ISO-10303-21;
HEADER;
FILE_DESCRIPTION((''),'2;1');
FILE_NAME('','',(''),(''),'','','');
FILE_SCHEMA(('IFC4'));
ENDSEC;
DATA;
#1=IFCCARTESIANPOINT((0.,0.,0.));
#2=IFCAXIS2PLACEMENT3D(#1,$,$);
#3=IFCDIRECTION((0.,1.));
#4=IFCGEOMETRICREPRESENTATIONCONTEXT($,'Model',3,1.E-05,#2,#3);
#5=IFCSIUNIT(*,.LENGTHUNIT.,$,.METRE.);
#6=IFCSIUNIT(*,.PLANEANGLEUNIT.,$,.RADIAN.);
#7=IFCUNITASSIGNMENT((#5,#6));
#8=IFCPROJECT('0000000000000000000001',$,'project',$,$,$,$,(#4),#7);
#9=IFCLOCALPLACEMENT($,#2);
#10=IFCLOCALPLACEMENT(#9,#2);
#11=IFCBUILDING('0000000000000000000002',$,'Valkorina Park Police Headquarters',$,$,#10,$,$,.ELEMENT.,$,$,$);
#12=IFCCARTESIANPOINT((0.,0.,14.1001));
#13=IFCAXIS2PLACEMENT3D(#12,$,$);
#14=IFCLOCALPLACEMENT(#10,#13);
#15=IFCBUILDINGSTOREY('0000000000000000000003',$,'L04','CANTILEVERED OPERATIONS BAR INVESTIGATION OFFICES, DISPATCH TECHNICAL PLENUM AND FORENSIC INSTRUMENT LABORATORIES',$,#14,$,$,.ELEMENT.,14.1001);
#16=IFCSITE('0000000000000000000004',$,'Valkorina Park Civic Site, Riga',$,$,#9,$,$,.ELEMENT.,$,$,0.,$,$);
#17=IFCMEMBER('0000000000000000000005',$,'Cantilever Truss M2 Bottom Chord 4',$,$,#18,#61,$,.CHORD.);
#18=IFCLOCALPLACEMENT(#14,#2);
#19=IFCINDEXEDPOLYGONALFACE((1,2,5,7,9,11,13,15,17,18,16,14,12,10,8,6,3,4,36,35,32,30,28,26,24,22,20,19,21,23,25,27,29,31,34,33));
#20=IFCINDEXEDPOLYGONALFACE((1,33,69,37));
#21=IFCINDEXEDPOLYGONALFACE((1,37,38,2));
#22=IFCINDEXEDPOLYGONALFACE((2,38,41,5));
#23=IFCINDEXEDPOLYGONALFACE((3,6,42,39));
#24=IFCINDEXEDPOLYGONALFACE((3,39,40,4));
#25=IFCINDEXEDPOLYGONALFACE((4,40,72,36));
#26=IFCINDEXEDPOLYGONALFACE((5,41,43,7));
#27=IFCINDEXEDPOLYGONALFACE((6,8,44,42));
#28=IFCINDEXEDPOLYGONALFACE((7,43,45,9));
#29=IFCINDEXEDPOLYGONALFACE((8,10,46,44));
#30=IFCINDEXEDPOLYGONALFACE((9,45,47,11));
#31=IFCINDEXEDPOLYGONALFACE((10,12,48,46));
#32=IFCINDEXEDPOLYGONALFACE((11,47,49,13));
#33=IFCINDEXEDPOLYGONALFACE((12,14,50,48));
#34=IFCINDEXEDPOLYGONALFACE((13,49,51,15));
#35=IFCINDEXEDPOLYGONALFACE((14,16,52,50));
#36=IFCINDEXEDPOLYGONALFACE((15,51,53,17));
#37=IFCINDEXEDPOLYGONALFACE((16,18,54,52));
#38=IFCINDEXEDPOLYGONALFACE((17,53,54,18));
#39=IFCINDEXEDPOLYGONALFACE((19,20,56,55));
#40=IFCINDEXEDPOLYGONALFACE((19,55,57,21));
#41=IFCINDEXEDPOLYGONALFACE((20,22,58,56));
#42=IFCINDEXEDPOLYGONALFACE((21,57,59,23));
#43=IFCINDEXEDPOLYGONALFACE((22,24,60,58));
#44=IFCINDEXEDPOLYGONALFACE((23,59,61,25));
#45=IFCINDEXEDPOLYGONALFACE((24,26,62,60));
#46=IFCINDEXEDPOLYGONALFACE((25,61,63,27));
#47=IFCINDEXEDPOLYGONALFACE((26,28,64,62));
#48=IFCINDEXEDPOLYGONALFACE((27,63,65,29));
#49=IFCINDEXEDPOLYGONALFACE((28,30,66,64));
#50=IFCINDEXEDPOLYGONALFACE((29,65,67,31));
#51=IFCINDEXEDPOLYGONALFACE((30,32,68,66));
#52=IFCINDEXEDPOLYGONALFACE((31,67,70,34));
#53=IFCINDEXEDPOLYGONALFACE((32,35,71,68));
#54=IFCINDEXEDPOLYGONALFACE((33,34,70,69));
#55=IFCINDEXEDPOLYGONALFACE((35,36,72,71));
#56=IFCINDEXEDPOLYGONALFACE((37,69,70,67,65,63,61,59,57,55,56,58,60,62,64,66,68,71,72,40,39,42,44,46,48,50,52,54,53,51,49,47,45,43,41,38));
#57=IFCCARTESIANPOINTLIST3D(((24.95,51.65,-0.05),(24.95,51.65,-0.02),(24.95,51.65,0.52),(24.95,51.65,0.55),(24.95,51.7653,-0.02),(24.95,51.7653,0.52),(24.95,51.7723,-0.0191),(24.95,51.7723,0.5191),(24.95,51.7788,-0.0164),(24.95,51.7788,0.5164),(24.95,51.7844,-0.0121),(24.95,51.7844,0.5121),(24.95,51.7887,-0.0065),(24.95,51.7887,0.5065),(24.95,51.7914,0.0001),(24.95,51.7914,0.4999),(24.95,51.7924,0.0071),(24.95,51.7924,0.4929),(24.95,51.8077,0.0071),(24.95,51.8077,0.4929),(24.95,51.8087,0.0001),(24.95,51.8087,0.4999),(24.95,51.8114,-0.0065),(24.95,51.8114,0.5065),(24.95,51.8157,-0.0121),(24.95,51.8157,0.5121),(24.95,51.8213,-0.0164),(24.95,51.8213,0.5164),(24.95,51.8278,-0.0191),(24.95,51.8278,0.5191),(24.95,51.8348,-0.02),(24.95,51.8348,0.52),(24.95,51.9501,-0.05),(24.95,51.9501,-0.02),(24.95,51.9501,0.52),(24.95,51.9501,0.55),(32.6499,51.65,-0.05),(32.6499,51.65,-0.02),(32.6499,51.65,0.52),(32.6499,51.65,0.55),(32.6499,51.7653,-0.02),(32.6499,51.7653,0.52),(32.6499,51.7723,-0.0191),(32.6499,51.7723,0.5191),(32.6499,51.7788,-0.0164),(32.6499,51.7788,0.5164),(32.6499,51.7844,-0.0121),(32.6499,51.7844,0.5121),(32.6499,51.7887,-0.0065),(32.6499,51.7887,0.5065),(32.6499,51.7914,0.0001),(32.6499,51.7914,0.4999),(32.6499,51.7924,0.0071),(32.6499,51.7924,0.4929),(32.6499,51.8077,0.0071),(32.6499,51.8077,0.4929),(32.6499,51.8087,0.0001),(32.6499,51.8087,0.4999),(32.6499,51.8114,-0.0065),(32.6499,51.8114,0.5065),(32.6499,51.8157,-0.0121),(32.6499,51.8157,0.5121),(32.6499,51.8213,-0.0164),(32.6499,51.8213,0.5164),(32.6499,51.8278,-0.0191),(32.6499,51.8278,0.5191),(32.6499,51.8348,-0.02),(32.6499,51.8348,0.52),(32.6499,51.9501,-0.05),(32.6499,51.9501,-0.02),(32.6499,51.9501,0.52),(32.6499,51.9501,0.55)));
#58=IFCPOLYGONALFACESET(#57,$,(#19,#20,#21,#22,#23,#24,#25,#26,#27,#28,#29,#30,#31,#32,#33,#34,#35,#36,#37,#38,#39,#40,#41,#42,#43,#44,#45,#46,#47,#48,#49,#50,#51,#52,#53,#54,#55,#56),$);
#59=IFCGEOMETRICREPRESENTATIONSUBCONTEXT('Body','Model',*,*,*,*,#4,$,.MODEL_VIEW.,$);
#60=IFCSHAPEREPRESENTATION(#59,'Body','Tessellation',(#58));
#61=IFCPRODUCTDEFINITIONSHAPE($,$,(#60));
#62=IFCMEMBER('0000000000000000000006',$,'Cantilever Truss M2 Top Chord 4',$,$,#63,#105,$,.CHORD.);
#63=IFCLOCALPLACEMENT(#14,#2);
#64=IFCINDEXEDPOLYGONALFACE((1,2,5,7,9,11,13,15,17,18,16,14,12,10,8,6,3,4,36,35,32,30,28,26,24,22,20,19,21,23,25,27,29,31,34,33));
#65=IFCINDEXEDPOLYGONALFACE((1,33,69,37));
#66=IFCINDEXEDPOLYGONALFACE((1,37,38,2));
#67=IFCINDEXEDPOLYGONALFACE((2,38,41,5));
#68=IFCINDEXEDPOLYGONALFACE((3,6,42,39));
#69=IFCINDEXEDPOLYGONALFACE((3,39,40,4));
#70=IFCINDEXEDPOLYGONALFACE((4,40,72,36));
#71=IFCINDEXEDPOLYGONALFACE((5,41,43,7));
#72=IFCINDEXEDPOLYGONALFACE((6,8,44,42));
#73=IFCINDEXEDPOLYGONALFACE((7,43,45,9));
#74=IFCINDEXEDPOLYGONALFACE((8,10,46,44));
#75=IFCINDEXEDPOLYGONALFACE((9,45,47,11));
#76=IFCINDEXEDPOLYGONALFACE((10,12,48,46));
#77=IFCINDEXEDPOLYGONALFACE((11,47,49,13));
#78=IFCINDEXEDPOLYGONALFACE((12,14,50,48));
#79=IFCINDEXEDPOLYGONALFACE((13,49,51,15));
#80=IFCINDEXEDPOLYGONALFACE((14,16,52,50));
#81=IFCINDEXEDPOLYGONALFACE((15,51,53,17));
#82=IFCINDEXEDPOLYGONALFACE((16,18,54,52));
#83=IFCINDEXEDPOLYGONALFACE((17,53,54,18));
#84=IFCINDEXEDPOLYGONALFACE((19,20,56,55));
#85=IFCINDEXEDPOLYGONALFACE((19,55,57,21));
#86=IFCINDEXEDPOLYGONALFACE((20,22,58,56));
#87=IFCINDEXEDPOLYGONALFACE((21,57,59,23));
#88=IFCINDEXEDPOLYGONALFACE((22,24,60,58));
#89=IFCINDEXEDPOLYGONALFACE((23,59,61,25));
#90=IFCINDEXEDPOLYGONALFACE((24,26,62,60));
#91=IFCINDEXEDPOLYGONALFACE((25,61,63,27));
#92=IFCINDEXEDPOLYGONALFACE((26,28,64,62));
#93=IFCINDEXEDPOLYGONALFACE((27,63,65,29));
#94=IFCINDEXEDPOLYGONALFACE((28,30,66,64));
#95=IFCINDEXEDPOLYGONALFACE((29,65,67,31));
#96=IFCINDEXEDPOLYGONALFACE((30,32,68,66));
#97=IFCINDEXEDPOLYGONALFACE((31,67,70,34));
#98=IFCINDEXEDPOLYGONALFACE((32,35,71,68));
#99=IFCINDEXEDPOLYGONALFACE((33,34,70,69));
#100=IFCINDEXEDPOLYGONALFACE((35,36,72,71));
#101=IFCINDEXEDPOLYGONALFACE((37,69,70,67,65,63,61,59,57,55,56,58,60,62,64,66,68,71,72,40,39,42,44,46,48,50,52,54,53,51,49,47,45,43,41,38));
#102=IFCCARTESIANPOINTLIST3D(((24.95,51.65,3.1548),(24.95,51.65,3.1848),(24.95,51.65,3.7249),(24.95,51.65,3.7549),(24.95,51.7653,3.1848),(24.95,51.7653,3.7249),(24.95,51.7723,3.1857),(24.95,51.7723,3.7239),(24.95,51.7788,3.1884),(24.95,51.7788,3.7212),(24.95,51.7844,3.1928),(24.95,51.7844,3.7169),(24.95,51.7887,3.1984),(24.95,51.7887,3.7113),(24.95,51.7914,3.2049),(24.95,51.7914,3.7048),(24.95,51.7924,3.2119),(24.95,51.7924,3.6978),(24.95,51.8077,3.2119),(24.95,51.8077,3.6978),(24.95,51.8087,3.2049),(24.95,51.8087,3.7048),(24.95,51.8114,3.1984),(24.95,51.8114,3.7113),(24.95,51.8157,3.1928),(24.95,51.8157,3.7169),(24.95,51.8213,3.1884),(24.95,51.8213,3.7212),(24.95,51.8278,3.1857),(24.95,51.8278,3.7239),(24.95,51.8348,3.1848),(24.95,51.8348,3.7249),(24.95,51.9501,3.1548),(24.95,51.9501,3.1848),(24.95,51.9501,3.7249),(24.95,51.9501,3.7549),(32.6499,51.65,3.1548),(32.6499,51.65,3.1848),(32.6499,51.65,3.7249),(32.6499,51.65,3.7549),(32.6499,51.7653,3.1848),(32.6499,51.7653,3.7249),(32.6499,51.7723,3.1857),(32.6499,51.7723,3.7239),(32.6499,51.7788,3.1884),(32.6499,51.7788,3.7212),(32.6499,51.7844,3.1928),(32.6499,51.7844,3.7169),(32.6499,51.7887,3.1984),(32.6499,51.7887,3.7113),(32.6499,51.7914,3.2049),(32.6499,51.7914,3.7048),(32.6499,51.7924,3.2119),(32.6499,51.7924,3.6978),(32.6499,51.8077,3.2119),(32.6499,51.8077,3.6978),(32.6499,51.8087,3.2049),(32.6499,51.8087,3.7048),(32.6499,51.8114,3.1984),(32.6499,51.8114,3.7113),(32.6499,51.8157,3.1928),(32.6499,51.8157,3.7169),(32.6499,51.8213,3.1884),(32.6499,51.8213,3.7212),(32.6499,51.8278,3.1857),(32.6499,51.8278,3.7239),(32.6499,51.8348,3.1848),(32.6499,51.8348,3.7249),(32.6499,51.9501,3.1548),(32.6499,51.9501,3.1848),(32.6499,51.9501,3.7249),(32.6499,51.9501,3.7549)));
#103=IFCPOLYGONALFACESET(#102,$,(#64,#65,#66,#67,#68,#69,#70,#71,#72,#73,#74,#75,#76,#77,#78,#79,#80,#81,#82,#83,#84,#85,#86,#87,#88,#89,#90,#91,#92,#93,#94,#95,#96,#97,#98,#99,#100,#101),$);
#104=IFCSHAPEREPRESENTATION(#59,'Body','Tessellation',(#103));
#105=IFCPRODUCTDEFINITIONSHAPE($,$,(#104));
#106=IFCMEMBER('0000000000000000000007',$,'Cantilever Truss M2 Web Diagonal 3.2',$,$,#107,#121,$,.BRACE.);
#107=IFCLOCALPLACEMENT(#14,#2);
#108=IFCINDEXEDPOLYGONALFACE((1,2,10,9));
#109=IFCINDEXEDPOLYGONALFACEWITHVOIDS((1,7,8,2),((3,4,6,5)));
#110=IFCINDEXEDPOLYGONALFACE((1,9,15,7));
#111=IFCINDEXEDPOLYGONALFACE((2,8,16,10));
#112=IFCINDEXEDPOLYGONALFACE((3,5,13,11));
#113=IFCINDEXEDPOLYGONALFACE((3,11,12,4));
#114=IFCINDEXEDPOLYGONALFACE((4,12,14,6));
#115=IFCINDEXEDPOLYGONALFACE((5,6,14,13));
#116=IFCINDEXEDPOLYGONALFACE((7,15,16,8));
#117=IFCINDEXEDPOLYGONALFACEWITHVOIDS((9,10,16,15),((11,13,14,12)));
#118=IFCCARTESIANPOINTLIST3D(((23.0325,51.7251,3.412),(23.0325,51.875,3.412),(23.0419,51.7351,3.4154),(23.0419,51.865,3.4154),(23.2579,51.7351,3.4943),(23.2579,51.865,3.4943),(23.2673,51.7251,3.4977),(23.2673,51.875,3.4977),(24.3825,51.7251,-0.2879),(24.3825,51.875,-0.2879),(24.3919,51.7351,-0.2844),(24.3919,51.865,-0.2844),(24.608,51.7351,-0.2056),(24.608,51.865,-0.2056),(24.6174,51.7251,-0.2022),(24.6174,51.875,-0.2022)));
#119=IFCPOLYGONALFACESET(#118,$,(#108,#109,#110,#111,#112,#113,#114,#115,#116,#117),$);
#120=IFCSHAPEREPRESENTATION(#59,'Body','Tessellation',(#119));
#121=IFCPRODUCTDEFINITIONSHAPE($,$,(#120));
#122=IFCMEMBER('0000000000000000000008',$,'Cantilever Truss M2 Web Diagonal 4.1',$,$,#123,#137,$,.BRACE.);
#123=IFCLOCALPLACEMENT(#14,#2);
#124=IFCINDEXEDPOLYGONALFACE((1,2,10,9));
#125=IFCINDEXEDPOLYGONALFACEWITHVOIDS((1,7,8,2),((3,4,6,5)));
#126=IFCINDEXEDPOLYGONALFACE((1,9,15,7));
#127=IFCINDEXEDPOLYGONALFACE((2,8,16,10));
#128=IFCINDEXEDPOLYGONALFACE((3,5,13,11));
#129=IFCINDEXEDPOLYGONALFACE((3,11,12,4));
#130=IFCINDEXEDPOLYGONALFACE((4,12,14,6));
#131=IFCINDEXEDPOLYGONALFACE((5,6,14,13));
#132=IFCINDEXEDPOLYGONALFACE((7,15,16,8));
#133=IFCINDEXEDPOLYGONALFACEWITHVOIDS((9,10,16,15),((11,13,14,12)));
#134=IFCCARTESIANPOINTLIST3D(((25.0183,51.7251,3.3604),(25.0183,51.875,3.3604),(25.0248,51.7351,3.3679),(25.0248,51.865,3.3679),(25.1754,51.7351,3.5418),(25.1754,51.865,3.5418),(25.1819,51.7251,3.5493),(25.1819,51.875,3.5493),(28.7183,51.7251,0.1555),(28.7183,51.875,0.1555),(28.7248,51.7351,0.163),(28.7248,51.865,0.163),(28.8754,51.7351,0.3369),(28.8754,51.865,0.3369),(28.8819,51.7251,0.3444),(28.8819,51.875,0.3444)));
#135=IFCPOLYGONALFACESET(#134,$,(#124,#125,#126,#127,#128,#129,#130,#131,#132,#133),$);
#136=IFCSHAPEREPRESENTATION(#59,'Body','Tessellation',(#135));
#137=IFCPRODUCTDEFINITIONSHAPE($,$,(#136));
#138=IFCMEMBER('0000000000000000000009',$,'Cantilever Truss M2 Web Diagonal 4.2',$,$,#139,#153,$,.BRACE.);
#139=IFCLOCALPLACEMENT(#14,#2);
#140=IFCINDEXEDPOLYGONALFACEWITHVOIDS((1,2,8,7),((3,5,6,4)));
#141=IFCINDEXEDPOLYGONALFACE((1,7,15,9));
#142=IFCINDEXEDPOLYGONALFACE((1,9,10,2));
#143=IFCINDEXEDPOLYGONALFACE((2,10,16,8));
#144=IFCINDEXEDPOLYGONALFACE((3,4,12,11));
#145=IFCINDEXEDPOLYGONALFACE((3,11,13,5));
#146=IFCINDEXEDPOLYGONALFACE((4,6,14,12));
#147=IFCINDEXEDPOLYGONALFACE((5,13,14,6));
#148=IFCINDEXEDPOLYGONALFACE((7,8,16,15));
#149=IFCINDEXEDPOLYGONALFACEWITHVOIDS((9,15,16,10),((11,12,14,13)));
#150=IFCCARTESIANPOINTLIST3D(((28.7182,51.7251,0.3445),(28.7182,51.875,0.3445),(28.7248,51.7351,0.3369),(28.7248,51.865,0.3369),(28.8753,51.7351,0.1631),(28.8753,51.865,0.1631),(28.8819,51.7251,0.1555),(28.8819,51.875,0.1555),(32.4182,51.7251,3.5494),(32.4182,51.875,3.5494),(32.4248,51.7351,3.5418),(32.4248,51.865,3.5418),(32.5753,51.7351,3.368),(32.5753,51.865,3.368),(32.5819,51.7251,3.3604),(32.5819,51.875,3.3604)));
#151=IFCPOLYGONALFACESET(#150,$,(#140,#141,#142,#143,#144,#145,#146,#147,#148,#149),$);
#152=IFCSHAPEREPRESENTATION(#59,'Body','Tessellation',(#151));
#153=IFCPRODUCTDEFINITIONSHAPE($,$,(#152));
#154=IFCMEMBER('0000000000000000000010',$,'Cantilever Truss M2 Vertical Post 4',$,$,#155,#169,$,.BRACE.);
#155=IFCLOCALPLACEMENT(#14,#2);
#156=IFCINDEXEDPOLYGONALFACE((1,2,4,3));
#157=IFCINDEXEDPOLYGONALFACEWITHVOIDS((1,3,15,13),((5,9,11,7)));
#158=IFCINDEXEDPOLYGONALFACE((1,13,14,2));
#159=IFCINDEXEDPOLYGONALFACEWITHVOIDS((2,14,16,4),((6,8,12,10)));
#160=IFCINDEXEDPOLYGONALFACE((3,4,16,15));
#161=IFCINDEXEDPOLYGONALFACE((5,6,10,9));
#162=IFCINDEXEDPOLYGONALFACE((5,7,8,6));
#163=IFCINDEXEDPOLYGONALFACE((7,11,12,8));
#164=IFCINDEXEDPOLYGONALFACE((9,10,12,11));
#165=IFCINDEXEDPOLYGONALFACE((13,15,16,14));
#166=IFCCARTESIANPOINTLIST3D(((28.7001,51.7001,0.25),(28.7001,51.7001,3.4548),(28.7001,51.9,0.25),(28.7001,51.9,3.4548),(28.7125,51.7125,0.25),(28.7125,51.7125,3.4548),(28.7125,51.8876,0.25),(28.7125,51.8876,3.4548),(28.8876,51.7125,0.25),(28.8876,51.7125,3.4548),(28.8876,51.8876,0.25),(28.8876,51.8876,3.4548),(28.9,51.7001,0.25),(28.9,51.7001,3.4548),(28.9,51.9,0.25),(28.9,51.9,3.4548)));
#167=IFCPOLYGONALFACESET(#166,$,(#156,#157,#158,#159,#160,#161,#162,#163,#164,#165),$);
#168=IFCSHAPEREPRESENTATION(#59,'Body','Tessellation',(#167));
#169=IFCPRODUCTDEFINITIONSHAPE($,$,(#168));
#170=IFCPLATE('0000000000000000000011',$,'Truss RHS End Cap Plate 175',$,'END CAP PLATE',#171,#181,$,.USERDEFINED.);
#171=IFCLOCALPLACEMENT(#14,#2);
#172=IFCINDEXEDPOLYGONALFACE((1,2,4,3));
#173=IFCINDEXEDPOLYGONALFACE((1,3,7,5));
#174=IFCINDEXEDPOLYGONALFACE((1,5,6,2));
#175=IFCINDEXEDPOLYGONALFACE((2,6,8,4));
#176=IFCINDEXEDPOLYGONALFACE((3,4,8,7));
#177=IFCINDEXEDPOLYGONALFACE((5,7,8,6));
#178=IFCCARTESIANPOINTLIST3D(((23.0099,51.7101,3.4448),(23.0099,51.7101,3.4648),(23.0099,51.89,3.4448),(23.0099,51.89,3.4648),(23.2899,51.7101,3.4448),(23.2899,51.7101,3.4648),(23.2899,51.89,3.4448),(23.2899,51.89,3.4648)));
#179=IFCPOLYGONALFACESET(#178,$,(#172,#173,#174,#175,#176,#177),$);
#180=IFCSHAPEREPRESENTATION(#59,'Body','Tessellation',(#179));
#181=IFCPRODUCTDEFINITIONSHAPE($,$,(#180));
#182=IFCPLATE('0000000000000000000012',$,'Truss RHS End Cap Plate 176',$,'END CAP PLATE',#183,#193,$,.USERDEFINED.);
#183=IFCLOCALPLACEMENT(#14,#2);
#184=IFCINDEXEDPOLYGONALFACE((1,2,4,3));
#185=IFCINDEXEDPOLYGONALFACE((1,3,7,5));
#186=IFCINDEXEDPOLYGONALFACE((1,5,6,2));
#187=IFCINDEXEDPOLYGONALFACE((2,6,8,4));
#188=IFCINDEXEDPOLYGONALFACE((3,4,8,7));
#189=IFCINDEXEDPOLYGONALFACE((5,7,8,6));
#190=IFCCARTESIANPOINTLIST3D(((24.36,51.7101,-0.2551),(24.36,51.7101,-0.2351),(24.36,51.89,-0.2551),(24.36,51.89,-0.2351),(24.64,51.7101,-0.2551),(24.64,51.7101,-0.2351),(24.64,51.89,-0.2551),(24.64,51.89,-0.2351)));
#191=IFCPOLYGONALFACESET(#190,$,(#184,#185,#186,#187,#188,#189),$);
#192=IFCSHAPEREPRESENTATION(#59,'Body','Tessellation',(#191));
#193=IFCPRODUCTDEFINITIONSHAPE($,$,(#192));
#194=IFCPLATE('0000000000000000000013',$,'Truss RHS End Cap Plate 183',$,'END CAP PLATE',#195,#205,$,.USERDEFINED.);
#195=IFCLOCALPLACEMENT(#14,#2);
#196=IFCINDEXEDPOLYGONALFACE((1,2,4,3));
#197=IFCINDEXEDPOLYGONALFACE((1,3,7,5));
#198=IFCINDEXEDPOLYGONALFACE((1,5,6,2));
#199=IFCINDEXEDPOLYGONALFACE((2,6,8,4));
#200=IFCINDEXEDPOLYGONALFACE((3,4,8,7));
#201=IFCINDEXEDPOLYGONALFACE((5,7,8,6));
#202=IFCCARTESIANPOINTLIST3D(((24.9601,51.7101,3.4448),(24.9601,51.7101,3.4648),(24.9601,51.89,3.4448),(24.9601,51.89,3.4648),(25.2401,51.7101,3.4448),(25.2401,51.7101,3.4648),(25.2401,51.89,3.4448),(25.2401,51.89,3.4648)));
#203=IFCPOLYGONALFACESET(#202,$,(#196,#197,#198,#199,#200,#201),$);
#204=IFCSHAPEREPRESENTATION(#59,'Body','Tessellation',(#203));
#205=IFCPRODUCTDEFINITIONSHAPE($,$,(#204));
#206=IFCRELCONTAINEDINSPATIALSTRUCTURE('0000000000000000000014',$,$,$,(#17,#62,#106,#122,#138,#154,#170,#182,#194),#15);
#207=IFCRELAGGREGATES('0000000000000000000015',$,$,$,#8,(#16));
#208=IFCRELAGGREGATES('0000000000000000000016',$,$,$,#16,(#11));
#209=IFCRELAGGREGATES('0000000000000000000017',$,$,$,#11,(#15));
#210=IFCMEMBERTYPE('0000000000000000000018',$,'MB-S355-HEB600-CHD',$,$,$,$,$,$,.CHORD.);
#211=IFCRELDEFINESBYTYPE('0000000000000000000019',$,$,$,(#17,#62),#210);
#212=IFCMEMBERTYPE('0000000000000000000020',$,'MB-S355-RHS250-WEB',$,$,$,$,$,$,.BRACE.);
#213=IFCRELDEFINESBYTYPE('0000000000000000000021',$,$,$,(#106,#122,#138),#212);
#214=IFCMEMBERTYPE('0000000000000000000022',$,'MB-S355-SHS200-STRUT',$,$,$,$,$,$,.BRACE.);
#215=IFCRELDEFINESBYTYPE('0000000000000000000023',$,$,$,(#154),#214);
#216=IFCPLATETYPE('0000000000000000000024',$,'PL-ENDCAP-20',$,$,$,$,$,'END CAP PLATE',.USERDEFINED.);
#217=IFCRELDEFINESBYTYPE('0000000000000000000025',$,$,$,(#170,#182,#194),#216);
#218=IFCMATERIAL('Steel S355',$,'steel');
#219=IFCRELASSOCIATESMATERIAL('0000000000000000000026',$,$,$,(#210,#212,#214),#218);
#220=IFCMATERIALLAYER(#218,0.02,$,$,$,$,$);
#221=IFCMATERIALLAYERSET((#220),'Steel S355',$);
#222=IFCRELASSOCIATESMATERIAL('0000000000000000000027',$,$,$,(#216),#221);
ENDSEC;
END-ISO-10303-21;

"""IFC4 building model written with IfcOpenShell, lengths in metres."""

from ifc_helpers import new_model, si_unit, direction, frame, origin, origin_2d, place, context, subcontext, project, spatial, rectangle, hollow_rectangle, i_section, extrude, material, layer, layer_set, material_profile, profile_set, type_object, element, save


model = new_model("IFC4")

# Units and contexts
model_context = context("Model", 3, precision=1e-05, world=origin(), true_north=direction((0.0, 1.0)))
body_context = subcontext(model_context, "Body", "Model", "MODEL_VIEW")
ifc_project = project(units=[si_unit("LENGTHUNIT", "METRE"), si_unit("PLANEANGLEUNIT", "RADIAN")], contexts=[model_context])

# Site, building, storey
site_placement = place(None, origin())
site = spatial("IfcSite", under=ifc_project, at=site_placement, Name="Valkorina Park Civic Site, Riga", CompositionType="ELEMENT", RefElevation=0.0)
building_placement = place(site_placement, origin())
building = spatial("IfcBuilding", under=site, at=building_placement, Name="Valkorina Park Police Headquarters", CompositionType="ELEMENT")
storey_placement = place(building_placement, frame((0.0, 0.0, 14.1001)))
storey = spatial("IfcBuildingStorey", under=building, at=storey_placement, Name="L04", Description="CANTILEVERED OPERATIONS BAR INVESTIGATION OFFICES, DISPATCH TECHNICAL PLENUM AND FORENSIC INSTRUMENT LABORATORIES", CompositionType="ELEMENT", Elevation=14.1001)

# Shared definitions
ifc_material = material(Name="Steel S355", Category="steel")

# Members
ifc_material_profile_1 = material_profile(ifc_material, i_section(OverallWidth=0.3, OverallDepth=0.6001, WebThickness=0.0154, FlangeThickness=0.03, FilletRadius=0.0271, at=origin_2d()), Name="HEB 600")
ifc_profile_set_1 = profile_set([ifc_material_profile_1], Name="Steel S355")
member_type_1 = type_object("IfcMemberType", Name="MB-S355-HEB600-CHD", PredefinedType="CHORD", material=ifc_profile_set_1)
for number, where, z_axis, x_axis, name in (
    (1, (24.95, 51.8, 0.25), (1.0, 0.0, 0.0), (0.0, 1.0, 0.0), "Cantilever Truss M2 Bottom Chord 4"),
    (2, (24.95, 51.8, 3.4548), (1.0, 0.0, 0.0), (0.0, 1.0, 0.0), "Cantilever Truss M2 Top Chord 4"),
):
    element("IfcMember", number, at=place(storey_placement, frame(where, z_axis=z_axis, x_axis=x_axis)), inside=storey, type_object=member_type_1, Name=name, PredefinedType="CHORD", context=body_context, shape_type="SweptSolid", body=[
        extrude(i_section(OverallWidth=0.3, OverallDepth=0.6001, WebThickness=0.0154, FlangeThickness=0.03, FilletRadius=0.0271, at=origin_2d()), origin(), (0.0, 0.0, 1.0), 7.7),
    ])
ifc_material_profile_2 = material_profile(ifc_material, hollow_rectangle(XDim=0.1499, YDim=0.25, WallThickness=0.01, at=origin_2d()), Name="RHS 250x150x10")
ifc_profile_set_2 = profile_set([ifc_material_profile_2], Name="Steel S355")
member_type_2 = type_object("IfcMemberType", Name="MB-S355-RHS250-WEB", PredefinedType="BRACE", material=ifc_profile_set_2)
member_1_placement = place(storey_placement, frame((23.1499, 51.8, 3.4548), z_axis=(0.342788, 0.0, -0.939413), x_axis=(0.0, 1.0, 0.0)))
element("IfcMember", 3, at=member_1_placement, inside=storey, type_object=member_type_2, Name="Cantilever Truss M2 Web Diagonal 3.2", PredefinedType="BRACE", context=body_context, shape_type="SweptSolid", body=[
    extrude(hollow_rectangle(XDim=0.1499, YDim=0.25, WallThickness=0.01, at=origin_2d()), origin(), (0.0, 0.0, 1.0), 3.9385),
])
for number, where, z_axis, x_axis, name in (
    (4, (25.1001, 51.8, 3.4548), (0.75587, 0.0, -0.654722), (0.0, 1.0, 0.0), "Cantilever Truss M2 Web Diagonal 4.1"),
    (5, (28.8, 51.8, 0.25), (0.75587, 0.0, 0.654722), (0.0, 1.0, 0.0), "Cantilever Truss M2 Web Diagonal 4.2"),
):
    element("IfcMember", number, at=place(storey_placement, frame(where, z_axis=z_axis, x_axis=x_axis)), inside=storey, type_object=member_type_2, Name=name, PredefinedType="BRACE", context=body_context, shape_type="SweptSolid", body=[
        extrude(hollow_rectangle(XDim=0.1499, YDim=0.25, WallThickness=0.01, at=origin_2d()), origin(), (0.0, 0.0, 1.0), 4.895),
    ])
ifc_material_profile_3 = material_profile(ifc_material, hollow_rectangle(XDim=0.2, YDim=0.2, WallThickness=0.0125, at=origin_2d()), Name="SHS 200x200x12.5")
ifc_profile_set_3 = profile_set([ifc_material_profile_3], Name="Steel S355")
member_type_3 = type_object("IfcMemberType", Name="MB-S355-SHS200-STRUT", PredefinedType="BRACE", material=ifc_profile_set_3)
member_2_placement = place(storey_placement, frame((28.8, 51.8, 0.25), z_axis=(0.0, 0.0, 1.0), x_axis=(1.0, 0.0, 0.0)))
element("IfcMember", 6, at=member_2_placement, inside=storey, type_object=member_type_3, Name="Cantilever Truss M2 Vertical Post 4", PredefinedType="BRACE", context=body_context, shape_type="SweptSolid", body=[
    extrude(hollow_rectangle(XDim=0.2, YDim=0.2, WallThickness=0.0125, at=origin_2d()), origin(), (0.0, 0.0, 1.0), 3.2048),
])

# Plates
ifc_layer_1 = layer(ifc_material, 0.02)
ifc_layer_set_1 = layer_set([ifc_layer_1], Name="Steel S355")
plate_type_1 = type_object("IfcPlateType", Name="PL-ENDCAP-20", ElementType="END CAP PLATE", PredefinedType="USERDEFINED", material=ifc_layer_set_1)
for number, where, z_axis, x_axis, name in (
    (7, (23.1499, 51.8, 3.4448), (0.0, 0.0, 1.0), (1.0, 0.0, 0.0), "Truss RHS End Cap Plate 175"),
    (8, (24.5, 51.8, -0.2551), (0.0, 0.0, 1.0), (1.0, 0.0, 0.0), "Truss RHS End Cap Plate 176"),
    (9, (25.1001, 51.8, 3.4448), (0.0, 0.0, 1.0), (1.0, 0.0, 0.0), "Truss RHS End Cap Plate 183"),
):
    element("IfcPlate", number, at=place(storey_placement, frame(where, z_axis=z_axis, x_axis=x_axis)), inside=storey, type_object=plate_type_1, Name=name, ObjectType="END CAP PLATE", PredefinedType="USERDEFINED", context=body_context, shape_type="SweptSolid", body=[
        extrude(rectangle(XDim=0.28, YDim=0.1799, at=origin_2d()), origin(), (0.0, 0.0, 1.0), 0.02),
    ])

save(model, "model.ifc")
